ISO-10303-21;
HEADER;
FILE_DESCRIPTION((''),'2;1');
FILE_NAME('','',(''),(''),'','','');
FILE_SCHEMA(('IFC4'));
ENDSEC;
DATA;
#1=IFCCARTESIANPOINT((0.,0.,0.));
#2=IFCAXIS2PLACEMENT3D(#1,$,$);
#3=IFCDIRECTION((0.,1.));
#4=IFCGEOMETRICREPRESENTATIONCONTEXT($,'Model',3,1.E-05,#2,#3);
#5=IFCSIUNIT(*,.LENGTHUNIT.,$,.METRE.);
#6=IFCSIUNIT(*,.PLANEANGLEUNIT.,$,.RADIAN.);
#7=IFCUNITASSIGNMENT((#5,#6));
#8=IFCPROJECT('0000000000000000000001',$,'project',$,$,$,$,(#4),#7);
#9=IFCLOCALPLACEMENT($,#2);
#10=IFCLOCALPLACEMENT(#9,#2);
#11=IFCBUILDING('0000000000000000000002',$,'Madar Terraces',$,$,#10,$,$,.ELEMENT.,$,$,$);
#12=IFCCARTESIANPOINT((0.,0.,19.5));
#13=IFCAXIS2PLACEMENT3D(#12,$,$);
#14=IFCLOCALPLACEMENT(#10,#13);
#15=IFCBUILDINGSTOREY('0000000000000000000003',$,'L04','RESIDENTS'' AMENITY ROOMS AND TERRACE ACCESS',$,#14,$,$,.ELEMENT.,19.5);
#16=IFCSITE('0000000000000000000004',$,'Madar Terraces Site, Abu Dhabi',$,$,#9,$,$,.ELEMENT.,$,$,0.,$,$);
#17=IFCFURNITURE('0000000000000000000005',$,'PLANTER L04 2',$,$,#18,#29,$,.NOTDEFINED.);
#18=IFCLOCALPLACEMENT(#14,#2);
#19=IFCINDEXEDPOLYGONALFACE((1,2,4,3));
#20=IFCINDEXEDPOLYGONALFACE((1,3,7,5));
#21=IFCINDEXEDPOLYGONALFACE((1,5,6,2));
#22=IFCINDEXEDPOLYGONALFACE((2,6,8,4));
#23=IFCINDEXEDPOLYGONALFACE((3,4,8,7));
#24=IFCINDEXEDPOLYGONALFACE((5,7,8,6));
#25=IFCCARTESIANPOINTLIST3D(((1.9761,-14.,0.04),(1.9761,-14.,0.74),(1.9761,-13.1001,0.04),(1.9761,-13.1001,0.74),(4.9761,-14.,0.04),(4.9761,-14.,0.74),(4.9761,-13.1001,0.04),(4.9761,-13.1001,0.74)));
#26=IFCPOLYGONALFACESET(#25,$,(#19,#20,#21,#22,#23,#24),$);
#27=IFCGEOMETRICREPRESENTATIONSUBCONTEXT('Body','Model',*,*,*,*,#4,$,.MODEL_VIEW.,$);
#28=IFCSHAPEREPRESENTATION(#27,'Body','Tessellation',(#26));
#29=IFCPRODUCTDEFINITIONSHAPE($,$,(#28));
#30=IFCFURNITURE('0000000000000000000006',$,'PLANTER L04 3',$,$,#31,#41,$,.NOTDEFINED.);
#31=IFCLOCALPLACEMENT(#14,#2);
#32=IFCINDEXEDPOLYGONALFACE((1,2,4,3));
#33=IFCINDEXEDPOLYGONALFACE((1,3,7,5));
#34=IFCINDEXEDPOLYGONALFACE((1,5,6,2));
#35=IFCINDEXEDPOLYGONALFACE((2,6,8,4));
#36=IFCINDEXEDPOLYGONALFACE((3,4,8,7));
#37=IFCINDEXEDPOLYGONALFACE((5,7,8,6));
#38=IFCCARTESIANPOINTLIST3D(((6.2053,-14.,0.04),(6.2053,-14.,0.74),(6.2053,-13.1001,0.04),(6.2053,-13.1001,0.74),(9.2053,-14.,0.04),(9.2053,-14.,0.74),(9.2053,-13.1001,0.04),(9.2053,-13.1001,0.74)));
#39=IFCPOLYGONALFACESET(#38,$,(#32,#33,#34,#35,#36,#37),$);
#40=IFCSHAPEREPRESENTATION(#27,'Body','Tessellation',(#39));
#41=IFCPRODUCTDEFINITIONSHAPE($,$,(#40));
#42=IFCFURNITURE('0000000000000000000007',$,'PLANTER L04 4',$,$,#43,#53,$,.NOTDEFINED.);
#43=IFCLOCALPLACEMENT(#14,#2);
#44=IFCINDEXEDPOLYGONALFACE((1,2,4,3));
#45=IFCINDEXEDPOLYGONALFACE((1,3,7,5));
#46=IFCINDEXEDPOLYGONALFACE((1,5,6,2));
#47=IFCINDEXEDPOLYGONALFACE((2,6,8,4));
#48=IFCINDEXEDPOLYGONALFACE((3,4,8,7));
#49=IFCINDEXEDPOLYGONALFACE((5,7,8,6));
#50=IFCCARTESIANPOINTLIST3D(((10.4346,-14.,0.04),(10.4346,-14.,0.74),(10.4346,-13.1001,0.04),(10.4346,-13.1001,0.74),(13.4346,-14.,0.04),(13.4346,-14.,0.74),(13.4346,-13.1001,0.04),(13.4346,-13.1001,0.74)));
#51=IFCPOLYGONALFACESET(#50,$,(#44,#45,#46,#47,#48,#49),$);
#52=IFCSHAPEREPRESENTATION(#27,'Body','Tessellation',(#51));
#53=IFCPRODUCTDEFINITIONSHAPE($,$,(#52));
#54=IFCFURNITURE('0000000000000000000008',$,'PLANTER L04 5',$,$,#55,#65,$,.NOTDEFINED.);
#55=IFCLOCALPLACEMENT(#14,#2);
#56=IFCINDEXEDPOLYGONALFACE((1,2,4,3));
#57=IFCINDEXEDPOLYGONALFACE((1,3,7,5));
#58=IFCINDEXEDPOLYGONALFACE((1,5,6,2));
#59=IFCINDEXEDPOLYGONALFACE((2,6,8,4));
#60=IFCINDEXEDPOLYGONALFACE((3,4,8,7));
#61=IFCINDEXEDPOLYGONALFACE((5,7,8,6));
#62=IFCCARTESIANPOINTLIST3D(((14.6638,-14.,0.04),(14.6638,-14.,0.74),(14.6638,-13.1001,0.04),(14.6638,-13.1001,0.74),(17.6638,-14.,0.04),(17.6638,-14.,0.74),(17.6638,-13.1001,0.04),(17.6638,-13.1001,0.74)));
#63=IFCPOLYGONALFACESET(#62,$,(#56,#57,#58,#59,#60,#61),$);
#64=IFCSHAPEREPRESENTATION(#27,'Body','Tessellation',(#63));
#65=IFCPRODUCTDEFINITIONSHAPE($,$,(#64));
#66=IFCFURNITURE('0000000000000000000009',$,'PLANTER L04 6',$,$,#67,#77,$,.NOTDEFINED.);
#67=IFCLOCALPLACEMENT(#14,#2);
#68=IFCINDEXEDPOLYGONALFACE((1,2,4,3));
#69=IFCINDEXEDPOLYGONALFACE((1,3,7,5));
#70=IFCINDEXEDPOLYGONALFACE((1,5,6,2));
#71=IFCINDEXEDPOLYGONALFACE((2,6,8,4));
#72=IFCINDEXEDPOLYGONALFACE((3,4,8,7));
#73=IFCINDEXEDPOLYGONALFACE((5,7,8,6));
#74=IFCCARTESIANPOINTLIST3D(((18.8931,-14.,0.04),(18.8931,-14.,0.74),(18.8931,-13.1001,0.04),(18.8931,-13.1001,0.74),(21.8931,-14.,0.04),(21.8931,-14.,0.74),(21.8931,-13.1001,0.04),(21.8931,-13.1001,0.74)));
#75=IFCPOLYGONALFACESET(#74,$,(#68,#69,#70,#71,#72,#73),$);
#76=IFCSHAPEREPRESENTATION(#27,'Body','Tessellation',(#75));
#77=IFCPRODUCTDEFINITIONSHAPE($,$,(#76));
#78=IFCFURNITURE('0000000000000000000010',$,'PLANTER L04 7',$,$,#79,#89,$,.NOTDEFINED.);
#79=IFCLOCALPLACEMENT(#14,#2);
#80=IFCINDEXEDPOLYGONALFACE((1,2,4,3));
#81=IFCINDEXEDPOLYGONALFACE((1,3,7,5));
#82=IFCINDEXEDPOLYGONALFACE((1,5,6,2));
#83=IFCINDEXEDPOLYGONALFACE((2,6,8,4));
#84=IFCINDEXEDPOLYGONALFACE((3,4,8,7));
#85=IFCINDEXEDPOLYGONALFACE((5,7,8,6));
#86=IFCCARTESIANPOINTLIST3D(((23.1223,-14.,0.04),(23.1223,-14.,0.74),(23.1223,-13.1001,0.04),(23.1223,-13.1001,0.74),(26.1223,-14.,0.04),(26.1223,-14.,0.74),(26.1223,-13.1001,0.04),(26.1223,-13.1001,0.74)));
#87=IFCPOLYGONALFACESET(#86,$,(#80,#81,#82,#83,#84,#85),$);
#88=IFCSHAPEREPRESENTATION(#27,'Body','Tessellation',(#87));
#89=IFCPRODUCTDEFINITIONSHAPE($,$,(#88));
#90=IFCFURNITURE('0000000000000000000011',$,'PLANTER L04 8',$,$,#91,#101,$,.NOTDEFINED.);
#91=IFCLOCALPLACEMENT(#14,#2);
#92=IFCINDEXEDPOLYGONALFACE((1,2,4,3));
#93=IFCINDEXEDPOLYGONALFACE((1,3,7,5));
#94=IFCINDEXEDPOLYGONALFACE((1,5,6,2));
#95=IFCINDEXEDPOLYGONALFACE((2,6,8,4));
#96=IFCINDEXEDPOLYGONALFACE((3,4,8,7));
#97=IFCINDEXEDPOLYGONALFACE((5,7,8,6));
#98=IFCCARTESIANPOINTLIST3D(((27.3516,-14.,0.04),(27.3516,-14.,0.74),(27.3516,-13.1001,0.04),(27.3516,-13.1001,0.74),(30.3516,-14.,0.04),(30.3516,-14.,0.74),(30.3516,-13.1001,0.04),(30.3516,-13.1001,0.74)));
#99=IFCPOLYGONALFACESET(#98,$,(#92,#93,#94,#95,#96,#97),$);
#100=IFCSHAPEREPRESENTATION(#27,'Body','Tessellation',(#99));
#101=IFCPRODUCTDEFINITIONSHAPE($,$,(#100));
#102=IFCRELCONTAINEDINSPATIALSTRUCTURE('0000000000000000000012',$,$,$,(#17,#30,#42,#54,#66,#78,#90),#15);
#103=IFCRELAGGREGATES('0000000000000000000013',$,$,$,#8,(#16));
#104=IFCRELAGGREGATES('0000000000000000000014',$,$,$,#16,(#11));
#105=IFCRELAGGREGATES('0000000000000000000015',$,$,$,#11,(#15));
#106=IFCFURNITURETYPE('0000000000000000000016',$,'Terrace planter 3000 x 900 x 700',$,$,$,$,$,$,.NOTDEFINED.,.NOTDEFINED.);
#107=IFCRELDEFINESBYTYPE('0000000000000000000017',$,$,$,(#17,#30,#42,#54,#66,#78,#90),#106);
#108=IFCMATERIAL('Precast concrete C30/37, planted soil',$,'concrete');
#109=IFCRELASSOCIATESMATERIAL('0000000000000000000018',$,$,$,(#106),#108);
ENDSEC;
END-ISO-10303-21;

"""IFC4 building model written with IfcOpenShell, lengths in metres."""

from ifc_helpers import new_model, si_unit, direction, frame, origin, origin_2d, place, context, subcontext, project, spatial, rectangle, extrude, material, type_object, element, save


model = new_model("IFC4")

# Units and contexts
model_context = context("Model", 3, precision=1e-05, world=origin(), true_north=direction((0.0, 1.0)))
body_context = subcontext(model_context, "Body", "Model", "MODEL_VIEW")
ifc_project = project(units=[si_unit("LENGTHUNIT", "METRE"), si_unit("PLANEANGLEUNIT", "RADIAN")], contexts=[model_context])

# Site, building, storey
site_placement = place(None, origin())
site = spatial("IfcSite", under=ifc_project, at=site_placement, Name="Madar Terraces Site, Abu Dhabi", CompositionType="ELEMENT", RefElevation=0.0)
building_placement = place(site_placement, origin())
building = spatial("IfcBuilding", under=site, at=building_placement, Name="Madar Terraces", CompositionType="ELEMENT")
storey_placement = place(building_placement, frame((0.0, 0.0, 19.5)))
storey = spatial("IfcBuildingStorey", under=building, at=storey_placement, Name="L04", Description="RESIDENTS' AMENITY ROOMS AND TERRACE ACCESS", CompositionType="ELEMENT", Elevation=19.5)

# Furniture
ifc_material_1 = material(Name="Precast concrete C30/37, planted soil", Category="concrete")
furniture_type = type_object("IfcFurnitureType", Name="Terrace planter 3000 x 900 x 700", AssemblyPlace="NOTDEFINED", PredefinedType="NOTDEFINED", material=ifc_material_1)
for number, where, z_axis, x_axis, name in (
    (1, (3.4761, -13.55, 0.04), (0.0, 0.0, 1.0), (1.0, 0.0, 0.0), "PLANTER L04 2"),
    (2, (7.7053, -13.55, 0.04), (0.0, 0.0, 1.0), (1.0, 0.0, 0.0), "PLANTER L04 3"),
    (3, (11.9346, -13.55, 0.04), (0.0, 0.0, 1.0), (1.0, 0.0, 0.0), "PLANTER L04 4"),
    (4, (16.1638, -13.55, 0.04), (0.0, 0.0, 1.0), (1.0, 0.0, 0.0), "PLANTER L04 5"),
    (5, (20.3931, -13.55, 0.04), (0.0, 0.0, 1.0), (1.0, 0.0, 0.0), "PLANTER L04 6"),
    (6, (24.6223, -13.55, 0.04), (0.0, 0.0, 1.0), (1.0, 0.0, 0.0), "PLANTER L04 7"),
    (7, (28.8516, -13.55, 0.04), (0.0, 0.0, 1.0), (1.0, 0.0, 0.0), "PLANTER L04 8"),
):
    element("IfcFurniture", number, at=place(storey_placement, frame(where, z_axis=z_axis, x_axis=x_axis)), inside=storey, type_object=furniture_type, Name=name, PredefinedType="NOTDEFINED", context=body_context, shape_type="SweptSolid", body=[
        extrude(rectangle(XDim=3.0, YDim=0.8999, at=origin_2d()), origin(), (0.0, 0.0, 1.0), 0.7),
    ])

save(model, "model.ifc")
